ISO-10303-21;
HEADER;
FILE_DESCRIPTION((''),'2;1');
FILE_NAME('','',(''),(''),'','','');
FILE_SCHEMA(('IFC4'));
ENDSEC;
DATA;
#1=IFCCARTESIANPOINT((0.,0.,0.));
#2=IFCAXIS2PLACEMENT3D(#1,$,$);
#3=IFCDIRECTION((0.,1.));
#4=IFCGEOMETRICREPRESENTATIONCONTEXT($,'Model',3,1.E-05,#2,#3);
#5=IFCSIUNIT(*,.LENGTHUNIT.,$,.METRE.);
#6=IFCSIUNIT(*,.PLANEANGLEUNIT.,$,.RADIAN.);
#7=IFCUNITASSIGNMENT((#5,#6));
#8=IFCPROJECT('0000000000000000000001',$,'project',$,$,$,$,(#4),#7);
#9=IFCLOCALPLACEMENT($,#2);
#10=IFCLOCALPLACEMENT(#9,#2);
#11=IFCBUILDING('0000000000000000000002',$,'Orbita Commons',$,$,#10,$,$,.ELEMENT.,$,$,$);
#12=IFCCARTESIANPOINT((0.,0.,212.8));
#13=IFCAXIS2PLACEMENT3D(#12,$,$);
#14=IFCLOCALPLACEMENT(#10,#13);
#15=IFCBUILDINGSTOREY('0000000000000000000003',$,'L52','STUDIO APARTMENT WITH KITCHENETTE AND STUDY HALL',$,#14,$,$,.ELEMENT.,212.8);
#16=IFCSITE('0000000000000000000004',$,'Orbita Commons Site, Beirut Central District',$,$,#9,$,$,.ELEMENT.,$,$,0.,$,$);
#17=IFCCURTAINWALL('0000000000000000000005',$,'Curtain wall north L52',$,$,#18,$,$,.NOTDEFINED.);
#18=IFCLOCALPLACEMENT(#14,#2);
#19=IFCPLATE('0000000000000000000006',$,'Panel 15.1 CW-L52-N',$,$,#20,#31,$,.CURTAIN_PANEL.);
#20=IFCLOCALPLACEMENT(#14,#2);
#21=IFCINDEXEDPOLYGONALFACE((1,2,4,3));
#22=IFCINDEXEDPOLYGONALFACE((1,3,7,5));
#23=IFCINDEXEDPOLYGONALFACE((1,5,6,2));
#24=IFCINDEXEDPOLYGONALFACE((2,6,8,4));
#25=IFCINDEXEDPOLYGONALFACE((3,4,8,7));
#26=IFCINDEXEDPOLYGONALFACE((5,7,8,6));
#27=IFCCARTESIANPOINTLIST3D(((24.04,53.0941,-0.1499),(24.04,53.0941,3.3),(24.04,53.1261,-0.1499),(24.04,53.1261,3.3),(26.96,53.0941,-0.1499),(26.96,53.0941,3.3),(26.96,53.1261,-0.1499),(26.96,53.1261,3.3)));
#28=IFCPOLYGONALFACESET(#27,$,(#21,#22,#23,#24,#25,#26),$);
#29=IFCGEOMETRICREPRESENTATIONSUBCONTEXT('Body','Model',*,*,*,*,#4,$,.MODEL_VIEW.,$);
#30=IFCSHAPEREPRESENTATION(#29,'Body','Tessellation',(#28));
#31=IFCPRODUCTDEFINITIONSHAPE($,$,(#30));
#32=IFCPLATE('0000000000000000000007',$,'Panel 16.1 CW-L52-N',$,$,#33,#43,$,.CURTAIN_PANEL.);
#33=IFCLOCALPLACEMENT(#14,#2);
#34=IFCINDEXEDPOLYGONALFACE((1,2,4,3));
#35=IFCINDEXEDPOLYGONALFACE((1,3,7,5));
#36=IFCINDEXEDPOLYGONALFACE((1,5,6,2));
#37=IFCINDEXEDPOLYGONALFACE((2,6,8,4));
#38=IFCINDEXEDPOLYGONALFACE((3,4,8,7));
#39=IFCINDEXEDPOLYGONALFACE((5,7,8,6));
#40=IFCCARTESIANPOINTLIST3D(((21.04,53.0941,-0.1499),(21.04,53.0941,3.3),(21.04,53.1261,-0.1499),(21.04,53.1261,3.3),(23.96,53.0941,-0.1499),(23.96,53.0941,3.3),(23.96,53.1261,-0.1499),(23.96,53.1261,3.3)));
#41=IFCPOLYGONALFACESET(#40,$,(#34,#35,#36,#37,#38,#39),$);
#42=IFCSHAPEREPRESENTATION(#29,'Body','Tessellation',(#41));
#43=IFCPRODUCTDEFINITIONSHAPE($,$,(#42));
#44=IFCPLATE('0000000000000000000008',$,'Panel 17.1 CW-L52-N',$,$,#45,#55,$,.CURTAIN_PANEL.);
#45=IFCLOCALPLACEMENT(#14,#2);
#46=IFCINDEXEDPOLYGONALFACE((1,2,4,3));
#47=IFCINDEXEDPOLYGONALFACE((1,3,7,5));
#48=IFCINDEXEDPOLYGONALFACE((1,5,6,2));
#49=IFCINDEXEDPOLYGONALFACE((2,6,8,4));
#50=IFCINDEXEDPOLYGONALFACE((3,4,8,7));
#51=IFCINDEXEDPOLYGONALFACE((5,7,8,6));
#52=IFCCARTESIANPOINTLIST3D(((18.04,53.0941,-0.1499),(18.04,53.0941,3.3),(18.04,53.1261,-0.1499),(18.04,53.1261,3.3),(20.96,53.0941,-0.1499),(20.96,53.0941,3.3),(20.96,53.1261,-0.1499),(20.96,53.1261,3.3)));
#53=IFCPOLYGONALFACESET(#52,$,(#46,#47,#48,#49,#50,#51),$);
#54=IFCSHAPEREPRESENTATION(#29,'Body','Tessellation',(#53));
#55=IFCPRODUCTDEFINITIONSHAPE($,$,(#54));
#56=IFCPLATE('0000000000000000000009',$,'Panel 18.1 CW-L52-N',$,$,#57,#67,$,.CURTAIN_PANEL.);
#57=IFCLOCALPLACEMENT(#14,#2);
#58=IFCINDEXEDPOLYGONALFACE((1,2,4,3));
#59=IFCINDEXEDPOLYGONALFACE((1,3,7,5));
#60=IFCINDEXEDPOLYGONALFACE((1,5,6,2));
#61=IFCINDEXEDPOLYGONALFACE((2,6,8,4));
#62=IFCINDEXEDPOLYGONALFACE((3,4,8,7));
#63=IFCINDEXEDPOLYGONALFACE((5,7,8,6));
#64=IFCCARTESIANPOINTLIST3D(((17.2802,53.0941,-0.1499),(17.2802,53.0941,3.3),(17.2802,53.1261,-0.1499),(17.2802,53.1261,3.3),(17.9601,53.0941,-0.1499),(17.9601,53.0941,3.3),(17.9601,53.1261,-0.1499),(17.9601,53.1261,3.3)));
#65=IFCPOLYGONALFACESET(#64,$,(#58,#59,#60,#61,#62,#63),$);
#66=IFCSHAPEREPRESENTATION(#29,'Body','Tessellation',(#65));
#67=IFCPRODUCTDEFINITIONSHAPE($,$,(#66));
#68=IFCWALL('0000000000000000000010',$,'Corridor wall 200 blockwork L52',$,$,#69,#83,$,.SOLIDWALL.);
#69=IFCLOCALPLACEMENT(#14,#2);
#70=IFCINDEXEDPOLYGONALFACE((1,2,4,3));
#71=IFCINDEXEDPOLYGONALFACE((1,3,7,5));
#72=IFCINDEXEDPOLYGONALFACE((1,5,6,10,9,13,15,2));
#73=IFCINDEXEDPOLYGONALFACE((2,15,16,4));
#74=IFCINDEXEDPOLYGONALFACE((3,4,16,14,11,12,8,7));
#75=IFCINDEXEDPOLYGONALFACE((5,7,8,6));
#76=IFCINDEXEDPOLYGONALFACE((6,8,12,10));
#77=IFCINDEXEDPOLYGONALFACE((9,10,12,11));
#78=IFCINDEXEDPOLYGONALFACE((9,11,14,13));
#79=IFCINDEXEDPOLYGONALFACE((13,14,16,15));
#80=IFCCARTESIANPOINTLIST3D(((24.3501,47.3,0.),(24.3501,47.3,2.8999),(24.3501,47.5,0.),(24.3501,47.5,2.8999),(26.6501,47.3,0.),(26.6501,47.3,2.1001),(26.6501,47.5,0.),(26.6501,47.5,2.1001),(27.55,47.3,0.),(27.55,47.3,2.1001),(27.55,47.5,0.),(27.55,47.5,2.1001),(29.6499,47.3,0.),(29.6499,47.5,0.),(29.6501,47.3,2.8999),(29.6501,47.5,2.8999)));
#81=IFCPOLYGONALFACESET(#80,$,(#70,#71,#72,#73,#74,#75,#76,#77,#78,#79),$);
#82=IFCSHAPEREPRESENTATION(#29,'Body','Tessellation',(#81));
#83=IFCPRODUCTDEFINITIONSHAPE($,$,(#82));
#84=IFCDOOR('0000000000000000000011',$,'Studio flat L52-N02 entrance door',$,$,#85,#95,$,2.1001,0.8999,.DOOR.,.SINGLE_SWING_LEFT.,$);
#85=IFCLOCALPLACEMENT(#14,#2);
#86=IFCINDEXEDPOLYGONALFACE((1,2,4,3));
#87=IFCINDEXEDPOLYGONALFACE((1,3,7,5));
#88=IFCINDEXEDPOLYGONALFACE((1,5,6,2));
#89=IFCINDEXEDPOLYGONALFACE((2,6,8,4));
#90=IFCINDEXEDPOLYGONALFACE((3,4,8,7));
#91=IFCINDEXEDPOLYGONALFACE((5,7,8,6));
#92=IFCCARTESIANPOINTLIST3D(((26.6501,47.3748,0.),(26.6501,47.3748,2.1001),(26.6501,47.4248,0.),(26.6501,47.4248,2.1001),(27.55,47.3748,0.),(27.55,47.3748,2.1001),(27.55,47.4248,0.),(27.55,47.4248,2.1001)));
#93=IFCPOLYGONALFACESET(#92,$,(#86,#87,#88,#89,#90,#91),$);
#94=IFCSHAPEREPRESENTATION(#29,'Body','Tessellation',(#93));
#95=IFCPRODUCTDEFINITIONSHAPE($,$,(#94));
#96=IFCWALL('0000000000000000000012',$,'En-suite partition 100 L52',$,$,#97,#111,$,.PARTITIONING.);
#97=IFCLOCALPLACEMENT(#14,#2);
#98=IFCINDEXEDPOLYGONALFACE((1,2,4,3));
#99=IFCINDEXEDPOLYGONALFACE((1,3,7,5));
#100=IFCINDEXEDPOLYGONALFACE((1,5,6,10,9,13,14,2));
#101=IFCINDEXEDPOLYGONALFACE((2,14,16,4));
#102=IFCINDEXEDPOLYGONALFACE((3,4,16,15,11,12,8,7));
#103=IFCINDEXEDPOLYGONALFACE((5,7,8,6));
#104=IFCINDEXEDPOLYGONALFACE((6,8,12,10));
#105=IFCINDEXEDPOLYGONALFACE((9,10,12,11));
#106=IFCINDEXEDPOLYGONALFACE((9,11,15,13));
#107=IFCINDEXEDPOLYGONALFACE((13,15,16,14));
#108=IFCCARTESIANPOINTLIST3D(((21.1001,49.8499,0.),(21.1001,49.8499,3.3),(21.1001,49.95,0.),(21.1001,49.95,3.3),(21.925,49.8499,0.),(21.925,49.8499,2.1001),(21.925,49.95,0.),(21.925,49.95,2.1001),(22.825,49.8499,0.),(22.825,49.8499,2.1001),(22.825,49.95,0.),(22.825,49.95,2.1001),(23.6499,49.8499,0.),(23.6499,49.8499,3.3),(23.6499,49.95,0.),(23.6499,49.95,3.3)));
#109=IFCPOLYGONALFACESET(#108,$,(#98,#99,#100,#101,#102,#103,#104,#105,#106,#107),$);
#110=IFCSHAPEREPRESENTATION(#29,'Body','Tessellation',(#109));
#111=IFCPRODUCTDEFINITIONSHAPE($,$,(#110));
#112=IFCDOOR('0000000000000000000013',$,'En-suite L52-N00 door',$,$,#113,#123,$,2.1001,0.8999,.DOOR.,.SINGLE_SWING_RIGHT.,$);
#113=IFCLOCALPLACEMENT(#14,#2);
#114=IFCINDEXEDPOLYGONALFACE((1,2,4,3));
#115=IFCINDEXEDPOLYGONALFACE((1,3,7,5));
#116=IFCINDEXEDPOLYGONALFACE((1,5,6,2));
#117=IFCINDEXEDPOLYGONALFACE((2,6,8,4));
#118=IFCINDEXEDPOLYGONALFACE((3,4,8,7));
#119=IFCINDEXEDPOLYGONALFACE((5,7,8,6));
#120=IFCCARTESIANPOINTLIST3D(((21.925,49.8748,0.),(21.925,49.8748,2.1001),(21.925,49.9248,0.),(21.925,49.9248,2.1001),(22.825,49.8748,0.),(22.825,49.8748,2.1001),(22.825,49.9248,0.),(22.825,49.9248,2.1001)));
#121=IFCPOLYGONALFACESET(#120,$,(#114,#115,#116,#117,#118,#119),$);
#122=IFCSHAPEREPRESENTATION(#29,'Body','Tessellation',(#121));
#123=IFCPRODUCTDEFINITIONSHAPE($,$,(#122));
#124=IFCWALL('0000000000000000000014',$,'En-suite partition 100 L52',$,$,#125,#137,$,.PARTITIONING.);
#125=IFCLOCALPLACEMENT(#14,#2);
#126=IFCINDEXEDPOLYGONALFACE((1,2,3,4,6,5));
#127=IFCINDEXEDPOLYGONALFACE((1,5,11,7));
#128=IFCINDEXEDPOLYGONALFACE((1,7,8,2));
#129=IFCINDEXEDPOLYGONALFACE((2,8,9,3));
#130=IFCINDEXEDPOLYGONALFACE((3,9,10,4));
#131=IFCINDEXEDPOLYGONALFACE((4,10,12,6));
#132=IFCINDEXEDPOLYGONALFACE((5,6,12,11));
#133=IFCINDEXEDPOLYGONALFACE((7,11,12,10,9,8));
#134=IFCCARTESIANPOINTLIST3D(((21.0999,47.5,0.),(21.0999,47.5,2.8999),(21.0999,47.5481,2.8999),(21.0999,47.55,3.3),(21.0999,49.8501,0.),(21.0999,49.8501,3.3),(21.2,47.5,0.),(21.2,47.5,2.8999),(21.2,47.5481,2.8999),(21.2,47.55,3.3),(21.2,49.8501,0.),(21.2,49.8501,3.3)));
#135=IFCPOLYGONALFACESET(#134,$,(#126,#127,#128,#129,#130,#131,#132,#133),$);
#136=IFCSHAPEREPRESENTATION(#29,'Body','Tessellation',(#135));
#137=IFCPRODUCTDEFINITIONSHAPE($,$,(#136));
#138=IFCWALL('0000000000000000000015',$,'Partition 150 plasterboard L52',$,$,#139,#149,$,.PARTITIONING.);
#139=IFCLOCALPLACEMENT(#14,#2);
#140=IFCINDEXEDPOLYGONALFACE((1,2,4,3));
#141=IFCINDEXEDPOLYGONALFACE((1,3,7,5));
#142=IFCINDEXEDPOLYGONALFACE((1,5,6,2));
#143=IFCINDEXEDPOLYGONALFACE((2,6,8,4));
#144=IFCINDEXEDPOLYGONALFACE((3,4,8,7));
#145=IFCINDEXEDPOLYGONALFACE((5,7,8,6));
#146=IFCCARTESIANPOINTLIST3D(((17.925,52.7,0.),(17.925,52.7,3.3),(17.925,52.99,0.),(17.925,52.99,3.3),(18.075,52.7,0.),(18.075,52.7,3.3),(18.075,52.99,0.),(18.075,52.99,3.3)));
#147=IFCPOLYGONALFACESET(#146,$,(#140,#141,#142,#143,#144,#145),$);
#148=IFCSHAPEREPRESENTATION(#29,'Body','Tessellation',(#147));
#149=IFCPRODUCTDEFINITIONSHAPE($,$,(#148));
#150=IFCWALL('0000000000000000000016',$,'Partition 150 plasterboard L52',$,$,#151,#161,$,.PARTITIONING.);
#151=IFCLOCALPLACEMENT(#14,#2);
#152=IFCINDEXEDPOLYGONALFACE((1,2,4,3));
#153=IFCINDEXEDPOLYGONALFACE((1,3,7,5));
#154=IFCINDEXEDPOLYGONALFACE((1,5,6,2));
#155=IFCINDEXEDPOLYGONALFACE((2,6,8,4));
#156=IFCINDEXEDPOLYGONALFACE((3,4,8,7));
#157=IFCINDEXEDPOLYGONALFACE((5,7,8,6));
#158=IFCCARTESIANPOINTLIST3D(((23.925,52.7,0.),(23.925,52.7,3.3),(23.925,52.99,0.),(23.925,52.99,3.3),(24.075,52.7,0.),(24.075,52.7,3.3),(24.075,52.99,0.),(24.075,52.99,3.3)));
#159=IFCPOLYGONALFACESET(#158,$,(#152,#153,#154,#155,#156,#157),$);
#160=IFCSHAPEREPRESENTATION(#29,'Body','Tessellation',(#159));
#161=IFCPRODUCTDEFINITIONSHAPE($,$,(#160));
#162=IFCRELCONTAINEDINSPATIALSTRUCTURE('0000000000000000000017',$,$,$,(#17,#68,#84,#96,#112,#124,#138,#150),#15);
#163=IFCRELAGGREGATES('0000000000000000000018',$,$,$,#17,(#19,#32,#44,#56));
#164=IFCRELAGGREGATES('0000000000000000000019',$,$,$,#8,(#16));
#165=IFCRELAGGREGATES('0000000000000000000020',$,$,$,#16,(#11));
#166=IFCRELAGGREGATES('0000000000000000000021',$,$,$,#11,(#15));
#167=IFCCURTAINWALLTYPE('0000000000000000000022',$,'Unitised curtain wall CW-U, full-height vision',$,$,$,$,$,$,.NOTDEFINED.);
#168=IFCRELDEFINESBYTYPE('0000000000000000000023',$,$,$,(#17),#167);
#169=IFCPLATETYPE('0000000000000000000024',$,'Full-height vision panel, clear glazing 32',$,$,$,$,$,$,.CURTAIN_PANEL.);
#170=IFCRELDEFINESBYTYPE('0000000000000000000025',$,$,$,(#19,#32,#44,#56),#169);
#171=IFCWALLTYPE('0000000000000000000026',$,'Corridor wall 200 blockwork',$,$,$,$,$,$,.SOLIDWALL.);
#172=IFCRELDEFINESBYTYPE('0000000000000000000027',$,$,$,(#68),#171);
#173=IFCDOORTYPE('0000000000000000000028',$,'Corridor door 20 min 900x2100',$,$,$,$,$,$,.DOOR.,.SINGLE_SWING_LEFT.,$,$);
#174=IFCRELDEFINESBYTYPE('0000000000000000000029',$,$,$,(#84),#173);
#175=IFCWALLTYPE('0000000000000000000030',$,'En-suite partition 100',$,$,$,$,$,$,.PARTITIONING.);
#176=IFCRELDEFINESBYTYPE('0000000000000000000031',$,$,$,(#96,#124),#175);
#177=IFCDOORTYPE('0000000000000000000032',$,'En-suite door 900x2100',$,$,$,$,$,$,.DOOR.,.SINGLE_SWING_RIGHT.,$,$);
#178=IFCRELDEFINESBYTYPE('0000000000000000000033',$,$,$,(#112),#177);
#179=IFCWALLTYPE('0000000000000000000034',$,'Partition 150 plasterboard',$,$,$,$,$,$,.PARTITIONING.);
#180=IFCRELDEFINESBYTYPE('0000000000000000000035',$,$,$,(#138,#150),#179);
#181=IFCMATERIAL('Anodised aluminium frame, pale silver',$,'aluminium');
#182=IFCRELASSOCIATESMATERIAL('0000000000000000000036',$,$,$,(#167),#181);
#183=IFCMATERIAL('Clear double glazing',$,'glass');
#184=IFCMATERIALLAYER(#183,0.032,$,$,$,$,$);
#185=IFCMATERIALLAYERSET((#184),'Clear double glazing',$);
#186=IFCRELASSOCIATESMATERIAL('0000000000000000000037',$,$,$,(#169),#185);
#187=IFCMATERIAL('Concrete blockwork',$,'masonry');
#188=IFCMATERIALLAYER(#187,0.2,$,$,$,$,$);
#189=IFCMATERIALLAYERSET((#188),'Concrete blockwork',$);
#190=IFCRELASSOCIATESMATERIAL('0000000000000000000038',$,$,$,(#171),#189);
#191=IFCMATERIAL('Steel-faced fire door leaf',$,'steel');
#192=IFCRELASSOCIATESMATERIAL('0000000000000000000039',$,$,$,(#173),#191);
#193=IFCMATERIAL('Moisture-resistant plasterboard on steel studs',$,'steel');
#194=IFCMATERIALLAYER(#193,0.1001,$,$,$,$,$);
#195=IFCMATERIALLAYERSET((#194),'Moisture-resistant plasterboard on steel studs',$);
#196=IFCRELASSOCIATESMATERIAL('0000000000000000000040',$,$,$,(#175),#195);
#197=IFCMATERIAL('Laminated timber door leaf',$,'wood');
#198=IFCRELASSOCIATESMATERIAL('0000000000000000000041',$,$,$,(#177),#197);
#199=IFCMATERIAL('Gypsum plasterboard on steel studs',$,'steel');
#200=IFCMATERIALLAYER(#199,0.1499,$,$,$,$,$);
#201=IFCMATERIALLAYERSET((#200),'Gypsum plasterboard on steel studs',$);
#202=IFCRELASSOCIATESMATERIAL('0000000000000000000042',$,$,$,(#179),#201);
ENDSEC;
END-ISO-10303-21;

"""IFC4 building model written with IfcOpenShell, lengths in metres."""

from ifc_helpers import new_model, si_unit, direction, frame, frame_2d, origin, origin_2d, place, context, subcontext, project, spatial, polyline, rectangle, outline, extrude, material, layer, layer_set, type_object, element, fill, aggregate, save


model = new_model("IFC4")

# Units and contexts
model_context = context("Model", 3, precision=1e-05, world=origin(), true_north=direction((0.0, 1.0)))
body_context = subcontext(model_context, "Body", "Model", "MODEL_VIEW")
ifc_project = project(units=[si_unit("LENGTHUNIT", "METRE"), si_unit("PLANEANGLEUNIT", "RADIAN")], contexts=[model_context])

# Site, building, storey
site_placement = place(None, origin())
site = spatial("IfcSite", under=ifc_project, at=site_placement, Name="Orbita Commons Site, Beirut Central District", CompositionType="ELEMENT", RefElevation=0.0)
building_placement = place(site_placement, origin())
building = spatial("IfcBuilding", under=site, at=building_placement, Name="Orbita Commons", CompositionType="ELEMENT")
storey_placement = place(building_placement, frame((0.0, 0.0, 212.8)))
storey = spatial("IfcBuildingStorey", under=building, at=storey_placement, Name="L52", Description="STUDIO APARTMENT WITH KITCHENETTE AND STUDY HALL", CompositionType="ELEMENT", Elevation=212.8)

# Curtain wall
ifc_material_1 = material(Name="Anodised aluminium frame, pale silver", Category="aluminium")
curtain_wall_type = type_object("IfcCurtainWallType", Name="Unitised curtain wall CW-U, full-height vision", PredefinedType="NOTDEFINED", material=ifc_material_1)
curtain_wall_placement = place(storey_placement, origin())
curtain_wall = element("IfcCurtainWall", 1, at=curtain_wall_placement, inside=storey, type_object=curtain_wall_type, Name="Curtain wall north L52", PredefinedType="NOTDEFINED")

# Plates
ifc_material_2 = material(Name="Clear double glazing", Category="glass")
ifc_layer_1 = layer(ifc_material_2, 0.032)
ifc_layer_set_1 = layer_set([ifc_layer_1], Name="Clear double glazing")
plate_type = type_object("IfcPlateType", Name="Full-height vision panel, clear glazing 32", PredefinedType="CURTAIN_PANEL", material=ifc_layer_set_1)
plate_1_placement = place(storey_placement, frame((25.5, 53.1101, -0.1499), z_axis=(0.0, 0.0, 1.0), x_axis=(-1.0, 0.0, 0.0)))
plate_1 = element("IfcPlate", 2, at=plate_1_placement, type_object=plate_type, Name="Panel 15.1 CW-L52-N", PredefinedType="CURTAIN_PANEL", context=body_context, shape_type="SweptSolid", body=[
    extrude(rectangle(XDim=2.9199, YDim=0.032, at=origin_2d()), origin(), (0.0, 0.0, 1.0), 3.45),
])
plate_2_placement = place(storey_placement, frame((22.5, 53.1101, -0.1499), z_axis=(0.0, 0.0, 1.0), x_axis=(-1.0, 0.0, 0.0)))
plate_2 = element("IfcPlate", 3, at=plate_2_placement, type_object=plate_type, Name="Panel 16.1 CW-L52-N", PredefinedType="CURTAIN_PANEL", context=body_context, shape_type="SweptSolid", body=[
    extrude(rectangle(XDim=2.9199, YDim=0.032, at=origin_2d()), origin(), (0.0, 0.0, 1.0), 3.45),
])
plate_3_placement = place(storey_placement, frame((19.5, 53.1101, -0.1499), z_axis=(0.0, 0.0, 1.0), x_axis=(-1.0, 0.0, 0.0)))
plate_3 = element("IfcPlate", 4, at=plate_3_placement, type_object=plate_type, Name="Panel 17.1 CW-L52-N", PredefinedType="CURTAIN_PANEL", context=body_context, shape_type="SweptSolid", body=[
    extrude(rectangle(XDim=2.9199, YDim=0.032, at=origin_2d()), origin(), (0.0, 0.0, 1.0), 3.45),
])
plate_4_placement = place(storey_placement, frame((17.6201, 53.1101, -0.1499), z_axis=(0.0, 0.0, 1.0), x_axis=(-1.0, 0.0, 0.0)))
plate_4 = element("IfcPlate", 5, at=plate_4_placement, type_object=plate_type, Name="Panel 18.1 CW-L52-N", PredefinedType="CURTAIN_PANEL", context=body_context, shape_type="SweptSolid", body=[
    extrude(rectangle(XDim=0.6799, YDim=0.032, at=origin_2d()), origin(), (0.0, 0.0, 1.0), 3.45),
])
aggregate(curtain_wall, [plate_1, plate_2, plate_3, plate_4])

# Walls, openings, doors
ifc_material_3 = material(Name="Concrete blockwork", Category="masonry")
ifc_layer_2 = layer(ifc_material_3, 0.2)
ifc_layer_set_2 = layer_set([ifc_layer_2], Name="Concrete blockwork")
wall_type_1 = type_object("IfcWallType", Name="Corridor wall 200 blockwork", PredefinedType="SOLIDWALL", material=ifc_layer_set_2)
wall_1_placement = place(storey_placement, frame((24.3501, 47.3999, 0.0), z_axis=(0.0, 0.0, 1.0), x_axis=(1.0, 0.0, 0.0)))
wall_1 = element("IfcWall", 6, at=wall_1_placement, inside=storey, type_object=wall_type_1, Name="Corridor wall 200 blockwork L52", PredefinedType="SOLIDWALL", context=body_context, shape_type="SweptSolid", body=[
    extrude(outline(polyline([(0.0, 0.0), (5.2998, 0.0), (5.3, 2.8999), (0.0, 2.8999), (0.0, 0.0)])), frame((0.0, 0.1001, 0.0), z_axis=(0.0, -1.0, 0.0), x_axis=(1.0, 0.0, 0.0)), (0.0, 0.0, 1.0), 0.2),
])
opening_1_placement = place(wall_1_placement, frame((2.3, 0.0, 0.0)))
opening_1 = element("IfcOpeningElement", 7, at=opening_1_placement, cuts=wall_1, PredefinedType="OPENING", context=body_context, shape_type="SweptSolid", body=[
    extrude(rectangle(XDim=0.8999, YDim=2.1001, at=frame_2d((0.45, 1.05))), frame((0.0, 0.1099, 0.0), z_axis=(0.0, -1.0, 0.0), x_axis=(1.0, 0.0, 0.0)), (0.0, 0.0, 1.0), 0.22),
])
ifc_material_4 = material(Name="Steel-faced fire door leaf", Category="steel")
door_type_1 = type_object("IfcDoorType", Name="Corridor door 20 min 900x2100", OperationType="SINGLE_SWING_LEFT", PredefinedType="DOOR", material=ifc_material_4)
door_1_placement = place(opening_1_placement, origin())
door_1 = element("IfcDoor", 8, at=door_1_placement, inside=storey, type_object=door_type_1, Name="Studio flat L52-N02 entrance door", OperationType="SINGLE_SWING_LEFT", OverallHeight=2.1001, OverallWidth=0.8999, PredefinedType="DOOR", context=body_context, shape_type="SweptSolid", body=[
    extrude(rectangle(XDim=0.8999, YDim=2.1001, at=frame_2d((0.45, 1.05))), frame((0.0, 0.0249, 0.0), z_axis=(0.0, -1.0, 0.0), x_axis=(1.0, 0.0, 0.0)), (0.0, 0.0, 1.0), 0.05),
])
fill(opening_1, door_1)
ifc_material_5 = material(Name="Moisture-resistant plasterboard on steel studs", Category="steel")
ifc_layer_3 = layer(ifc_material_5, 0.1001)
ifc_layer_set_3 = layer_set([ifc_layer_3], Name="Moisture-resistant plasterboard on steel studs")
wall_type_2 = type_object("IfcWallType", Name="En-suite partition 100", PredefinedType="PARTITIONING", material=ifc_layer_set_3)
wall_2_placement = place(storey_placement, frame((21.1001, 49.8999, 0.0), z_axis=(0.0, 0.0, 1.0), x_axis=(1.0, 0.0, 0.0)))
wall_2 = element("IfcWall", 9, at=wall_2_placement, inside=storey, type_object=wall_type_2, Name="En-suite partition 100 L52", PredefinedType="PARTITIONING", context=body_context, shape_type="SweptSolid", body=[
    extrude(rectangle(XDim=2.5498, YDim=0.1001, at=frame_2d((1.2749, 0.0))), origin(), (0.0, 0.0, 1.0), 3.3),
])
opening_2_placement = place(wall_2_placement, frame((0.825, 0.0, 0.0)))
opening_2 = element("IfcOpeningElement", 10, at=opening_2_placement, cuts=wall_2, PredefinedType="OPENING", context=body_context, shape_type="SweptSolid", body=[
    extrude(rectangle(XDim=0.8999, YDim=2.1001, at=frame_2d((0.45, 1.05))), frame((0.0, 0.0601, 0.0), z_axis=(0.0, -1.0, 0.0), x_axis=(1.0, 0.0, 0.0)), (0.0, 0.0, 1.0), 0.1201),
])
ifc_material_6 = material(Name="Laminated timber door leaf", Category="wood")
door_type_2 = type_object("IfcDoorType", Name="En-suite door 900x2100", OperationType="SINGLE_SWING_RIGHT", PredefinedType="DOOR", material=ifc_material_6)
door_2_placement = place(opening_2_placement, origin())
door_2 = element("IfcDoor", 11, at=door_2_placement, inside=storey, type_object=door_type_2, Name="En-suite L52-N00 door", OperationType="SINGLE_SWING_RIGHT", OverallHeight=2.1001, OverallWidth=0.8999, PredefinedType="DOOR", context=body_context, shape_type="SweptSolid", body=[
    extrude(rectangle(XDim=0.8999, YDim=2.1001, at=frame_2d((0.45, 1.05))), frame((0.0, 0.0249, 0.0), z_axis=(0.0, -1.0, 0.0), x_axis=(1.0, 0.0, 0.0)), (0.0, 0.0, 1.0), 0.05),
])
fill(opening_2, door_2)

# Walls
wall_3_placement = place(storey_placement, frame((21.1499, 49.8501, 0.0), z_axis=(0.0, 0.0, 1.0), x_axis=(0.0, -1.0, 0.0)))
element("IfcWall", 12, at=wall_3_placement, inside=storey, type_object=wall_type_2, Name="En-suite partition 100 L52", PredefinedType="PARTITIONING", context=body_context, shape_type="SweptSolid", body=[
    extrude(outline(polyline([(0.0, 0.0), (2.3501, 0.0), (2.3501, 2.8999), (2.302, 2.8999), (2.3, 3.3), (0.0, 3.3), (0.0, 0.0)])), frame((0.0, 0.05, 0.0), z_axis=(0.0, -1.0, 0.0), x_axis=(1.0, 0.0, 0.0)), (0.0, 0.0, 1.0), 0.1001),
])
ifc_material_7 = material(Name="Gypsum plasterboard on steel studs", Category="steel")
ifc_layer_4 = layer(ifc_material_7, 0.1499)
ifc_layer_set_4 = layer_set([ifc_layer_4], Name="Gypsum plasterboard on steel studs")
wall_type_3 = type_object("IfcWallType", Name="Partition 150 plasterboard", PredefinedType="PARTITIONING", material=ifc_layer_set_4)
for number, where, z_axis, x_axis, name in (
    (13, (18.0, 52.7, 0.0), (0.0, 0.0, 1.0), (0.0, 1.0, 0.0), "Partition 150 plasterboard L52"),
    (14, (24.0, 52.7, 0.0), (0.0, 0.0, 1.0), (0.0, 1.0, 0.0), "Partition 150 plasterboard L52"),
):
    element("IfcWall", number, at=place(storey_placement, frame(where, z_axis=z_axis, x_axis=x_axis)), inside=storey, type_object=wall_type_3, Name=name, PredefinedType="PARTITIONING", context=body_context, shape_type="SweptSolid", body=[
        extrude(rectangle(XDim=0.29, YDim=0.1499, at=frame_2d((0.145, 0.0))), origin(), (0.0, 0.0, 1.0), 3.3),
    ])

save(model, "model.ifc")
